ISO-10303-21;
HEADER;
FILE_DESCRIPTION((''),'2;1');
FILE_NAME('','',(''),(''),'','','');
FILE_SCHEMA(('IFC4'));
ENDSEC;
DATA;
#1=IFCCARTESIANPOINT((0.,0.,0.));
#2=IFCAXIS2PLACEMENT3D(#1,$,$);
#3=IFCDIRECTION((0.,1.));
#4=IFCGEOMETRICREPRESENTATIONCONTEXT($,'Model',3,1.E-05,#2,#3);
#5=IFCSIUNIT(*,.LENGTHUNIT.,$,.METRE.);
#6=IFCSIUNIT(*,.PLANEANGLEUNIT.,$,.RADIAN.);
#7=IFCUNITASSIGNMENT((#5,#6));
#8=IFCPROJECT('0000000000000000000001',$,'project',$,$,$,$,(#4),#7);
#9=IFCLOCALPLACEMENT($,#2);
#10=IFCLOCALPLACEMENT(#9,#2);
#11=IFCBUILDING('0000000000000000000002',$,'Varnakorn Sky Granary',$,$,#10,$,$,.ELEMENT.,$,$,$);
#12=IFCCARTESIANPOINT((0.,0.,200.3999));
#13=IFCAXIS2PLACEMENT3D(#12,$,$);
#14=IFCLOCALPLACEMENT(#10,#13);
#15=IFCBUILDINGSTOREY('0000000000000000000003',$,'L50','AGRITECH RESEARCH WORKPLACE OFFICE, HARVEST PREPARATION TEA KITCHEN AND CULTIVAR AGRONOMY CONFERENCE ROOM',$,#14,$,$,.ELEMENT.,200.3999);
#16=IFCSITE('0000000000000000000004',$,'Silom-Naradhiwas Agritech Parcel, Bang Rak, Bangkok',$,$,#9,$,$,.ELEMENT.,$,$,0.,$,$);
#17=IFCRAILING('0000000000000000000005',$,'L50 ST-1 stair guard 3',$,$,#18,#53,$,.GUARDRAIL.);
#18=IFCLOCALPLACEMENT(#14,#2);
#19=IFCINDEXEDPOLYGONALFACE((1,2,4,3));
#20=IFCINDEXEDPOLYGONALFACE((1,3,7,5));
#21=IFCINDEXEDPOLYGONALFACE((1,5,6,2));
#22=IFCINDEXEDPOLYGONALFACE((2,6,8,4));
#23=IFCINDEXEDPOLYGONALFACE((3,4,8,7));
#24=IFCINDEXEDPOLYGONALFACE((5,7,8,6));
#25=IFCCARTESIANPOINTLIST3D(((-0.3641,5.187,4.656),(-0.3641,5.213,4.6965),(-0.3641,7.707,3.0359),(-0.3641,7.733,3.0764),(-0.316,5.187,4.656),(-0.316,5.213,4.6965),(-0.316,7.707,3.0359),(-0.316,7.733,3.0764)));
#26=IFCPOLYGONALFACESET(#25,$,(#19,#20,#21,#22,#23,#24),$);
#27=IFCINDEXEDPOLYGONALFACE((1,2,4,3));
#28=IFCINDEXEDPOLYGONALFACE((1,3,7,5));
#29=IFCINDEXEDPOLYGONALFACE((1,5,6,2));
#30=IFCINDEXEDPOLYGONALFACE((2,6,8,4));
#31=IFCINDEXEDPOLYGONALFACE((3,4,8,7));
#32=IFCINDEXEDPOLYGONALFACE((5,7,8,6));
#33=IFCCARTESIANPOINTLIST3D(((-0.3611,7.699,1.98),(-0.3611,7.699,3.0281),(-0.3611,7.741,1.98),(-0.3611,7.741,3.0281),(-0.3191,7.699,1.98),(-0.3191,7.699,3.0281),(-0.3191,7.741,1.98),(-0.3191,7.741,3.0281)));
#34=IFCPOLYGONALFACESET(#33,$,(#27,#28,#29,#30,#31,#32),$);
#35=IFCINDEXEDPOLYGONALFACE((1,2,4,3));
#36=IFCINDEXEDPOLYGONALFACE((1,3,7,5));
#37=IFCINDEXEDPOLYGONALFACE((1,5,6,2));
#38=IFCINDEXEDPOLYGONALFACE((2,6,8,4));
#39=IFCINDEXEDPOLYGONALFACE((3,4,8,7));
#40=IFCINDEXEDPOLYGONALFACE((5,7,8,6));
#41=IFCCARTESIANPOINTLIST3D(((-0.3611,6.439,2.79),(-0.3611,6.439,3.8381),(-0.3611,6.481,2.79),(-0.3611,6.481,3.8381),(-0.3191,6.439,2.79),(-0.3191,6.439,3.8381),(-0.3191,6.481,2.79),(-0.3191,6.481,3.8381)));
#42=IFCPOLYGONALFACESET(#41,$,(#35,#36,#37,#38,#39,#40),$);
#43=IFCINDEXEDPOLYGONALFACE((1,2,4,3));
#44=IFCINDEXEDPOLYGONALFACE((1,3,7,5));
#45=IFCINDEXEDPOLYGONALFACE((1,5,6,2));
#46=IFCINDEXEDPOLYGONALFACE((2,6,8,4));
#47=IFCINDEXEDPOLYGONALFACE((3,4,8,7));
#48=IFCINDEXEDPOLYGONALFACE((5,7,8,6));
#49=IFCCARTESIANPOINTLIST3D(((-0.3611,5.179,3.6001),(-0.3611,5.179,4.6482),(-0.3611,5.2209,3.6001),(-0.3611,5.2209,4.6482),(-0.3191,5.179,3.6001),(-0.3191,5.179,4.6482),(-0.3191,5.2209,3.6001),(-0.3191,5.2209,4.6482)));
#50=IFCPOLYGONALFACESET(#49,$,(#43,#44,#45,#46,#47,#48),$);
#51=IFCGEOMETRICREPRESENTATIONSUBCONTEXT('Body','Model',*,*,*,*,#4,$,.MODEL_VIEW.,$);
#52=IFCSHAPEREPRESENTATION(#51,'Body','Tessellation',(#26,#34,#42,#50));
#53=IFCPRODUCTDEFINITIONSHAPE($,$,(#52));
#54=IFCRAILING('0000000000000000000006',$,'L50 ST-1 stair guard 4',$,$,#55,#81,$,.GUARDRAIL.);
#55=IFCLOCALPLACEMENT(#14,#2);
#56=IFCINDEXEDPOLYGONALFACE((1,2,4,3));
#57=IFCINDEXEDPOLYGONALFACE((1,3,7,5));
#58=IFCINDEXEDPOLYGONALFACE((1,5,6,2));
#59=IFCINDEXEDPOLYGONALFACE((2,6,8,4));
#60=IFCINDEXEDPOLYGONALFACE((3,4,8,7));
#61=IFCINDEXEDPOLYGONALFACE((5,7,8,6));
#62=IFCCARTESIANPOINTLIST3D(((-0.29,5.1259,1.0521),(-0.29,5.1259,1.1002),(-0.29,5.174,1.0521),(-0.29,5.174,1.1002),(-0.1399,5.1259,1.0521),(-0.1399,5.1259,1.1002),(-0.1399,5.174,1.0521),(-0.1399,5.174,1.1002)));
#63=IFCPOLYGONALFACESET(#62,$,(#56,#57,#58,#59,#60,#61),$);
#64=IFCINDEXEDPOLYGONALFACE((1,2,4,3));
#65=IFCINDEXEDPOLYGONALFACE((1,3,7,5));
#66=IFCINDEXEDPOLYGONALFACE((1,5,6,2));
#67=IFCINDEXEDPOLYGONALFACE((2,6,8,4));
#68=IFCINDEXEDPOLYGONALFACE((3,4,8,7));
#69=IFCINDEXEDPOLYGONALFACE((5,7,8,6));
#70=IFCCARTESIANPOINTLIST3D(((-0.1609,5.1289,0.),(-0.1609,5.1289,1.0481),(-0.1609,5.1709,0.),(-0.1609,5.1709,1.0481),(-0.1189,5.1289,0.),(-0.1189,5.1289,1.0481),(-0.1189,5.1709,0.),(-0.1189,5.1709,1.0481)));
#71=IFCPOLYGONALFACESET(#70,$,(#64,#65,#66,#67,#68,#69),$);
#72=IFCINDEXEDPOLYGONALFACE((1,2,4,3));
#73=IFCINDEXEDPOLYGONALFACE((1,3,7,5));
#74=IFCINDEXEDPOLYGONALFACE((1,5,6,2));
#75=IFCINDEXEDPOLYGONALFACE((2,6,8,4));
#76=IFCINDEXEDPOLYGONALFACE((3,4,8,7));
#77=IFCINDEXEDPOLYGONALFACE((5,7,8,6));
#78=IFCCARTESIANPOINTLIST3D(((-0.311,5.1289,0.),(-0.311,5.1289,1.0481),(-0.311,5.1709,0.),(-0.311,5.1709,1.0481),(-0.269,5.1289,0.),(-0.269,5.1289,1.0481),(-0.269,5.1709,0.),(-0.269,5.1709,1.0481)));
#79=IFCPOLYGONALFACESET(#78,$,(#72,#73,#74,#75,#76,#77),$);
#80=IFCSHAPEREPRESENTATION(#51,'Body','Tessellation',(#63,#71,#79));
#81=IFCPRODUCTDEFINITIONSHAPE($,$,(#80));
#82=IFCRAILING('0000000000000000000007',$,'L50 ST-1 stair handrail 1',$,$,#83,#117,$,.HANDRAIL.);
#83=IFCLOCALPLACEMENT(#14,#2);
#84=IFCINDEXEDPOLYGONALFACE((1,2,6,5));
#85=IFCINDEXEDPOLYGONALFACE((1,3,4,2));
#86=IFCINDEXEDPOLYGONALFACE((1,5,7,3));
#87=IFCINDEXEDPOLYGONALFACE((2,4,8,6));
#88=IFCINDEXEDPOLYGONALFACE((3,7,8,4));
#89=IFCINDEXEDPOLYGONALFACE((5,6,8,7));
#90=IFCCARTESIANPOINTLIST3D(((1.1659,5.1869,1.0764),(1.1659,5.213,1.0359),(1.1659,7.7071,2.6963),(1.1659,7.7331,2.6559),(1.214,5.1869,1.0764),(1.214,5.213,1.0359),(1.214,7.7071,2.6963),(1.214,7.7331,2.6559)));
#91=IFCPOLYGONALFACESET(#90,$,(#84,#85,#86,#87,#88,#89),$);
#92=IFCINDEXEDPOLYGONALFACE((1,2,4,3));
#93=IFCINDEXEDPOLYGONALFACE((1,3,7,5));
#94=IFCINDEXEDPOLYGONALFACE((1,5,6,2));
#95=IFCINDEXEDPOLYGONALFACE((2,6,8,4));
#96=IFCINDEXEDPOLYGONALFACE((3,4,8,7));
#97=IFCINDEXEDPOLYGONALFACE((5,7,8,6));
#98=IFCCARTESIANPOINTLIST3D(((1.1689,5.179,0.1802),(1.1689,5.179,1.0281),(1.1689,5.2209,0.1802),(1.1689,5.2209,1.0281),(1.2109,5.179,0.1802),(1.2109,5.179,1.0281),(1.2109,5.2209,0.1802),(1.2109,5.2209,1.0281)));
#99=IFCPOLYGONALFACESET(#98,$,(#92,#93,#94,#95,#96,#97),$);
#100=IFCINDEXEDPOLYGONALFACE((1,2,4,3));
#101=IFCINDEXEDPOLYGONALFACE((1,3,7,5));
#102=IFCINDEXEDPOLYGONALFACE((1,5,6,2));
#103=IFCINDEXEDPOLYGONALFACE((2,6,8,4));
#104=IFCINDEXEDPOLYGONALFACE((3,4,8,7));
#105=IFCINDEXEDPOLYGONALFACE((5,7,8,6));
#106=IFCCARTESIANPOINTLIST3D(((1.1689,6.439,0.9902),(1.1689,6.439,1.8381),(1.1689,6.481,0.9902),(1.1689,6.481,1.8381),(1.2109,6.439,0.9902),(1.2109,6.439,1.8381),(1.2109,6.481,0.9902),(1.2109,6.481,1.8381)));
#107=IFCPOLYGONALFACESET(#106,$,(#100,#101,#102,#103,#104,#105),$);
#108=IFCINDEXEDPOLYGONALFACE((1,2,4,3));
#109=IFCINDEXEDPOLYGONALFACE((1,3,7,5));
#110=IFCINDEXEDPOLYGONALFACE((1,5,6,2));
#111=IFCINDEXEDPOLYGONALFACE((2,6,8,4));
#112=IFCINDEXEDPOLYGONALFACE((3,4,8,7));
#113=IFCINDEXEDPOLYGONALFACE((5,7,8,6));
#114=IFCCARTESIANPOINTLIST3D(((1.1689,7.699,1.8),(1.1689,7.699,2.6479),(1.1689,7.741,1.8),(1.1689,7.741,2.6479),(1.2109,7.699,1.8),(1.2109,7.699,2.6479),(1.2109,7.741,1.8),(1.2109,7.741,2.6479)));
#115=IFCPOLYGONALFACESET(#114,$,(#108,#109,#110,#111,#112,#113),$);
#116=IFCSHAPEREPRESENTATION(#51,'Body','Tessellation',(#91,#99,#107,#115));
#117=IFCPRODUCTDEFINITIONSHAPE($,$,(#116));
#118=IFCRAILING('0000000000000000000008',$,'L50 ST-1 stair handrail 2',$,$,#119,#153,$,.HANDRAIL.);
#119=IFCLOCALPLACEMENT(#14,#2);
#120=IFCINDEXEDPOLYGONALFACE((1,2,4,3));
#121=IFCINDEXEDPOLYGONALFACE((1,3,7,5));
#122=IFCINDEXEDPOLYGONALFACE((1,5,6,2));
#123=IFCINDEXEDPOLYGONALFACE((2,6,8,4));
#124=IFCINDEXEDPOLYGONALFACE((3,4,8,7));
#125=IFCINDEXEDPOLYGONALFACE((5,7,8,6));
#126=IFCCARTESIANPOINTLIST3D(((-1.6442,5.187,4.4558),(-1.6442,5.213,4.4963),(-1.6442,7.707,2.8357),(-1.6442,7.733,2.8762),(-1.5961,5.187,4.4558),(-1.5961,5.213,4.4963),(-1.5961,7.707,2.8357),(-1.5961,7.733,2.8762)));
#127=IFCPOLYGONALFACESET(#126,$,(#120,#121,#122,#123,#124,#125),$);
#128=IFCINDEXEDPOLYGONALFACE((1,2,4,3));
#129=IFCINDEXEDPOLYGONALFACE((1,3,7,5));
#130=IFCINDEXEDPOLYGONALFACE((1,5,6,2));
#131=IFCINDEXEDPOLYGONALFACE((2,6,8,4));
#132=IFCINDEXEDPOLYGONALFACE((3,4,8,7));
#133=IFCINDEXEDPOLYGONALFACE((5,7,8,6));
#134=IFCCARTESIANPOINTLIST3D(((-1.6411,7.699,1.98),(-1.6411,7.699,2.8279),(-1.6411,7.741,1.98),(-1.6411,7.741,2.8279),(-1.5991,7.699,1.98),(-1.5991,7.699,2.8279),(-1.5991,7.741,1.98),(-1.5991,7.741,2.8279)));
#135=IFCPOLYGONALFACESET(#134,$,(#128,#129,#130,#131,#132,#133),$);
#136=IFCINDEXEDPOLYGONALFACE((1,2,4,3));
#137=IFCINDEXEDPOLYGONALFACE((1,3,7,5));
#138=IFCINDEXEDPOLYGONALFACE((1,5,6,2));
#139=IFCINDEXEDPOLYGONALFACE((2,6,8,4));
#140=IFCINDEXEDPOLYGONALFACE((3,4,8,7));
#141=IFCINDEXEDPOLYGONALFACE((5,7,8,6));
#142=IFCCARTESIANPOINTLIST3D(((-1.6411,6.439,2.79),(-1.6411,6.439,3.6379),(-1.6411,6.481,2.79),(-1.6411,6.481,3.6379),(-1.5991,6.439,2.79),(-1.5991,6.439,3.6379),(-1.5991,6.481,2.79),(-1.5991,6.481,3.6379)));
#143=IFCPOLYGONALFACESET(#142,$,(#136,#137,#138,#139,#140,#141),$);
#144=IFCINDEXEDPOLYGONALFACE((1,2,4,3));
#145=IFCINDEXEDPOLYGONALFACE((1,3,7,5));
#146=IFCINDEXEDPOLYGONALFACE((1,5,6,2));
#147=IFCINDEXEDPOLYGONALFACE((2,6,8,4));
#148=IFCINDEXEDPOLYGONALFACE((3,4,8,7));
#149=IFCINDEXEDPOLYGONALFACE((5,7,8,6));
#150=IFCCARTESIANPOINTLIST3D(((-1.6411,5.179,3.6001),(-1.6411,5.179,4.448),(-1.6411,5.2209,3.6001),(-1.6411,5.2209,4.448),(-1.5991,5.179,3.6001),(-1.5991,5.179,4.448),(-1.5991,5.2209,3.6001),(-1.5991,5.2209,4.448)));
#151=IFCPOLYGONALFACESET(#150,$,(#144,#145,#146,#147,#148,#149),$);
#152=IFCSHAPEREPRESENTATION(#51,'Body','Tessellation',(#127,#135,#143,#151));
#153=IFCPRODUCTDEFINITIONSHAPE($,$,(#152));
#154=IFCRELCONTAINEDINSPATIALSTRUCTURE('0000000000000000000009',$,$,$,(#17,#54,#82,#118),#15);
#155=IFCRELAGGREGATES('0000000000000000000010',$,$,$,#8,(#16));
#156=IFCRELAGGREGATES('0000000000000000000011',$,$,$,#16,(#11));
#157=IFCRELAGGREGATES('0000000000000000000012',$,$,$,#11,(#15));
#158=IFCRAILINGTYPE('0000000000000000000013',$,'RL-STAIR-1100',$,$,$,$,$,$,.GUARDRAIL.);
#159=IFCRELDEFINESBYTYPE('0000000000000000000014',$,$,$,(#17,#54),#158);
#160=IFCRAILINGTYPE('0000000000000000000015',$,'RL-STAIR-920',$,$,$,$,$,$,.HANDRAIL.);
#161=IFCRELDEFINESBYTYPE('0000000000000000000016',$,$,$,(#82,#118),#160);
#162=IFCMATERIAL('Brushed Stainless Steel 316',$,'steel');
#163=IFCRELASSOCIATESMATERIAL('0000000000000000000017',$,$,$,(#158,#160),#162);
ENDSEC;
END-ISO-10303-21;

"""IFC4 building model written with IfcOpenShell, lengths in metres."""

from ifc_helpers import new_model, si_unit, direction, frame, origin, origin_2d, place, context, subcontext, project, spatial, rectangle, extrude, material, type_object, element, save


model = new_model("IFC4")

# Units and contexts
model_context = context("Model", 3, precision=1e-05, world=origin(), true_north=direction((0.0, 1.0)))
body_context = subcontext(model_context, "Body", "Model", "MODEL_VIEW")
ifc_project = project(units=[si_unit("LENGTHUNIT", "METRE"), si_unit("PLANEANGLEUNIT", "RADIAN")], contexts=[model_context])

# Site, building, storey
site_placement = place(None, origin())
site = spatial("IfcSite", under=ifc_project, at=site_placement, Name="Silom-Naradhiwas Agritech Parcel, Bang Rak, Bangkok", CompositionType="ELEMENT", RefElevation=0.0)
building_placement = place(site_placement, origin())
building = spatial("IfcBuilding", under=site, at=building_placement, Name="Varnakorn Sky Granary", CompositionType="ELEMENT")
storey_placement = place(building_placement, frame((0.0, 0.0, 200.3999)))
storey = spatial("IfcBuildingStorey", under=building, at=storey_placement, Name="L50", Description="AGRITECH RESEARCH WORKPLACE OFFICE, HARVEST PREPARATION TEA KITCHEN AND CULTIVAR AGRONOMY CONFERENCE ROOM", CompositionType="ELEMENT", Elevation=200.3999)

# Railings
ifc_material_1 = material(Name="Brushed Stainless Steel 316", Category="steel")
railing_type_1 = type_object("IfcRailingType", Name="RL-STAIR-1100", PredefinedType="GUARDRAIL", material=ifc_material_1)
railing_1_placement = place(storey_placement, frame((-0.3401, 7.72, 1.98)))
element("IfcRailing", 1, at=railing_1_placement, inside=storey, type_object=railing_type_1, Name="L50 ST-1 stair guard 3", PredefinedType="GUARDRAIL", context=body_context, shape_type="SweptSolid", body=[
    extrude(rectangle(XDim=0.0481, YDim=0.0481, at=origin_2d()), frame((0.0, 0.0, 1.0762), z_axis=(0.0, -0.841163, 0.540782), x_axis=(1.0, 0.0, 0.0)), (0.0, 0.0, 1.0), 2.9958),
    extrude(rectangle(XDim=0.042, YDim=0.042, at=origin_2d()), origin(), (0.0, 0.0, 1.0), 1.0481),
    extrude(rectangle(XDim=0.042, YDim=0.042, at=origin_2d()), frame((0.0, -1.26, 0.8101)), (0.0, 0.0, 1.0), 1.0481),
    extrude(rectangle(XDim=0.042, YDim=0.042, at=origin_2d()), frame((0.0, -2.52, 1.6201)), (0.0, 0.0, 1.0), 1.0481),
])
railing_2_placement = place(storey_placement, frame((-0.1399, 5.1499, 0.0)))
element("IfcRailing", 2, at=railing_2_placement, inside=storey, type_object=railing_type_1, Name="L50 ST-1 stair guard 4", PredefinedType="GUARDRAIL", context=body_context, shape_type="SweptSolid", body=[
    extrude(rectangle(XDim=0.0481, YDim=0.0481, at=origin_2d()), frame((0.0, 0.0, 1.0762), z_axis=(-1.0, 0.0, 0.0), x_axis=(0.0, -1.0, 0.0)), (0.0, 0.0, 1.0), 0.1501),
    extrude(rectangle(XDim=0.042, YDim=0.042, at=origin_2d()), origin(), (0.0, 0.0, 1.0), 1.0481),
    extrude(rectangle(XDim=0.042, YDim=0.042, at=origin_2d()), frame((-0.1501, 0.0, 0.0)), (0.0, 0.0, 1.0), 1.0481),
])
railing_type_2 = type_object("IfcRailingType", Name="RL-STAIR-920", PredefinedType="HANDRAIL", material=ifc_material_1)
railing_3_placement = place(storey_placement, frame((1.1899, 5.2, 0.1802)))
element("IfcRailing", 3, at=railing_3_placement, inside=storey, type_object=railing_type_2, Name="L50 ST-1 stair handrail 1", PredefinedType="HANDRAIL", context=body_context, shape_type="SweptSolid", body=[
    extrude(rectangle(XDim=0.0481, YDim=0.0481, at=origin_2d()), frame((0.0, 0.0, 0.876), z_axis=(0.0, 0.8412, 0.540725), x_axis=(-1.0, 0.0, 0.0)), (0.0, 0.0, 1.0), 2.9958),
    extrude(rectangle(XDim=0.042, YDim=0.042, at=origin_2d()), origin(), (0.0, 0.0, 1.0), 0.8479),
    extrude(rectangle(XDim=0.042, YDim=0.042, at=origin_2d()), frame((0.0, 1.26, 0.8101)), (0.0, 0.0, 1.0), 0.8479),
    extrude(rectangle(XDim=0.042, YDim=0.042, at=origin_2d()), frame((0.0, 2.52, 1.6199)), (0.0, 0.0, 1.0), 0.8479),
])
railing_4_placement = place(storey_placement, frame((-1.6201, 7.72, 1.98)))
element("IfcRailing", 4, at=railing_4_placement, inside=storey, type_object=railing_type_2, Name="L50 ST-1 stair handrail 2", PredefinedType="HANDRAIL", context=body_context, shape_type="SweptSolid", body=[
    extrude(rectangle(XDim=0.0481, YDim=0.0481, at=origin_2d()), frame((0.0, 0.0, 0.876), z_axis=(0.0, -0.841163, 0.540782), x_axis=(1.0, 0.0, 0.0)), (0.0, 0.0, 1.0), 2.9958),
    extrude(rectangle(XDim=0.042, YDim=0.042, at=origin_2d()), origin(), (0.0, 0.0, 1.0), 0.8479),
    extrude(rectangle(XDim=0.042, YDim=0.042, at=origin_2d()), frame((0.0, -1.26, 0.8101)), (0.0, 0.0, 1.0), 0.8479),
    extrude(rectangle(XDim=0.042, YDim=0.042, at=origin_2d()), frame((0.0, -2.52, 1.6201)), (0.0, 0.0, 1.0), 0.8479),
])

save(model, "model.ifc")
